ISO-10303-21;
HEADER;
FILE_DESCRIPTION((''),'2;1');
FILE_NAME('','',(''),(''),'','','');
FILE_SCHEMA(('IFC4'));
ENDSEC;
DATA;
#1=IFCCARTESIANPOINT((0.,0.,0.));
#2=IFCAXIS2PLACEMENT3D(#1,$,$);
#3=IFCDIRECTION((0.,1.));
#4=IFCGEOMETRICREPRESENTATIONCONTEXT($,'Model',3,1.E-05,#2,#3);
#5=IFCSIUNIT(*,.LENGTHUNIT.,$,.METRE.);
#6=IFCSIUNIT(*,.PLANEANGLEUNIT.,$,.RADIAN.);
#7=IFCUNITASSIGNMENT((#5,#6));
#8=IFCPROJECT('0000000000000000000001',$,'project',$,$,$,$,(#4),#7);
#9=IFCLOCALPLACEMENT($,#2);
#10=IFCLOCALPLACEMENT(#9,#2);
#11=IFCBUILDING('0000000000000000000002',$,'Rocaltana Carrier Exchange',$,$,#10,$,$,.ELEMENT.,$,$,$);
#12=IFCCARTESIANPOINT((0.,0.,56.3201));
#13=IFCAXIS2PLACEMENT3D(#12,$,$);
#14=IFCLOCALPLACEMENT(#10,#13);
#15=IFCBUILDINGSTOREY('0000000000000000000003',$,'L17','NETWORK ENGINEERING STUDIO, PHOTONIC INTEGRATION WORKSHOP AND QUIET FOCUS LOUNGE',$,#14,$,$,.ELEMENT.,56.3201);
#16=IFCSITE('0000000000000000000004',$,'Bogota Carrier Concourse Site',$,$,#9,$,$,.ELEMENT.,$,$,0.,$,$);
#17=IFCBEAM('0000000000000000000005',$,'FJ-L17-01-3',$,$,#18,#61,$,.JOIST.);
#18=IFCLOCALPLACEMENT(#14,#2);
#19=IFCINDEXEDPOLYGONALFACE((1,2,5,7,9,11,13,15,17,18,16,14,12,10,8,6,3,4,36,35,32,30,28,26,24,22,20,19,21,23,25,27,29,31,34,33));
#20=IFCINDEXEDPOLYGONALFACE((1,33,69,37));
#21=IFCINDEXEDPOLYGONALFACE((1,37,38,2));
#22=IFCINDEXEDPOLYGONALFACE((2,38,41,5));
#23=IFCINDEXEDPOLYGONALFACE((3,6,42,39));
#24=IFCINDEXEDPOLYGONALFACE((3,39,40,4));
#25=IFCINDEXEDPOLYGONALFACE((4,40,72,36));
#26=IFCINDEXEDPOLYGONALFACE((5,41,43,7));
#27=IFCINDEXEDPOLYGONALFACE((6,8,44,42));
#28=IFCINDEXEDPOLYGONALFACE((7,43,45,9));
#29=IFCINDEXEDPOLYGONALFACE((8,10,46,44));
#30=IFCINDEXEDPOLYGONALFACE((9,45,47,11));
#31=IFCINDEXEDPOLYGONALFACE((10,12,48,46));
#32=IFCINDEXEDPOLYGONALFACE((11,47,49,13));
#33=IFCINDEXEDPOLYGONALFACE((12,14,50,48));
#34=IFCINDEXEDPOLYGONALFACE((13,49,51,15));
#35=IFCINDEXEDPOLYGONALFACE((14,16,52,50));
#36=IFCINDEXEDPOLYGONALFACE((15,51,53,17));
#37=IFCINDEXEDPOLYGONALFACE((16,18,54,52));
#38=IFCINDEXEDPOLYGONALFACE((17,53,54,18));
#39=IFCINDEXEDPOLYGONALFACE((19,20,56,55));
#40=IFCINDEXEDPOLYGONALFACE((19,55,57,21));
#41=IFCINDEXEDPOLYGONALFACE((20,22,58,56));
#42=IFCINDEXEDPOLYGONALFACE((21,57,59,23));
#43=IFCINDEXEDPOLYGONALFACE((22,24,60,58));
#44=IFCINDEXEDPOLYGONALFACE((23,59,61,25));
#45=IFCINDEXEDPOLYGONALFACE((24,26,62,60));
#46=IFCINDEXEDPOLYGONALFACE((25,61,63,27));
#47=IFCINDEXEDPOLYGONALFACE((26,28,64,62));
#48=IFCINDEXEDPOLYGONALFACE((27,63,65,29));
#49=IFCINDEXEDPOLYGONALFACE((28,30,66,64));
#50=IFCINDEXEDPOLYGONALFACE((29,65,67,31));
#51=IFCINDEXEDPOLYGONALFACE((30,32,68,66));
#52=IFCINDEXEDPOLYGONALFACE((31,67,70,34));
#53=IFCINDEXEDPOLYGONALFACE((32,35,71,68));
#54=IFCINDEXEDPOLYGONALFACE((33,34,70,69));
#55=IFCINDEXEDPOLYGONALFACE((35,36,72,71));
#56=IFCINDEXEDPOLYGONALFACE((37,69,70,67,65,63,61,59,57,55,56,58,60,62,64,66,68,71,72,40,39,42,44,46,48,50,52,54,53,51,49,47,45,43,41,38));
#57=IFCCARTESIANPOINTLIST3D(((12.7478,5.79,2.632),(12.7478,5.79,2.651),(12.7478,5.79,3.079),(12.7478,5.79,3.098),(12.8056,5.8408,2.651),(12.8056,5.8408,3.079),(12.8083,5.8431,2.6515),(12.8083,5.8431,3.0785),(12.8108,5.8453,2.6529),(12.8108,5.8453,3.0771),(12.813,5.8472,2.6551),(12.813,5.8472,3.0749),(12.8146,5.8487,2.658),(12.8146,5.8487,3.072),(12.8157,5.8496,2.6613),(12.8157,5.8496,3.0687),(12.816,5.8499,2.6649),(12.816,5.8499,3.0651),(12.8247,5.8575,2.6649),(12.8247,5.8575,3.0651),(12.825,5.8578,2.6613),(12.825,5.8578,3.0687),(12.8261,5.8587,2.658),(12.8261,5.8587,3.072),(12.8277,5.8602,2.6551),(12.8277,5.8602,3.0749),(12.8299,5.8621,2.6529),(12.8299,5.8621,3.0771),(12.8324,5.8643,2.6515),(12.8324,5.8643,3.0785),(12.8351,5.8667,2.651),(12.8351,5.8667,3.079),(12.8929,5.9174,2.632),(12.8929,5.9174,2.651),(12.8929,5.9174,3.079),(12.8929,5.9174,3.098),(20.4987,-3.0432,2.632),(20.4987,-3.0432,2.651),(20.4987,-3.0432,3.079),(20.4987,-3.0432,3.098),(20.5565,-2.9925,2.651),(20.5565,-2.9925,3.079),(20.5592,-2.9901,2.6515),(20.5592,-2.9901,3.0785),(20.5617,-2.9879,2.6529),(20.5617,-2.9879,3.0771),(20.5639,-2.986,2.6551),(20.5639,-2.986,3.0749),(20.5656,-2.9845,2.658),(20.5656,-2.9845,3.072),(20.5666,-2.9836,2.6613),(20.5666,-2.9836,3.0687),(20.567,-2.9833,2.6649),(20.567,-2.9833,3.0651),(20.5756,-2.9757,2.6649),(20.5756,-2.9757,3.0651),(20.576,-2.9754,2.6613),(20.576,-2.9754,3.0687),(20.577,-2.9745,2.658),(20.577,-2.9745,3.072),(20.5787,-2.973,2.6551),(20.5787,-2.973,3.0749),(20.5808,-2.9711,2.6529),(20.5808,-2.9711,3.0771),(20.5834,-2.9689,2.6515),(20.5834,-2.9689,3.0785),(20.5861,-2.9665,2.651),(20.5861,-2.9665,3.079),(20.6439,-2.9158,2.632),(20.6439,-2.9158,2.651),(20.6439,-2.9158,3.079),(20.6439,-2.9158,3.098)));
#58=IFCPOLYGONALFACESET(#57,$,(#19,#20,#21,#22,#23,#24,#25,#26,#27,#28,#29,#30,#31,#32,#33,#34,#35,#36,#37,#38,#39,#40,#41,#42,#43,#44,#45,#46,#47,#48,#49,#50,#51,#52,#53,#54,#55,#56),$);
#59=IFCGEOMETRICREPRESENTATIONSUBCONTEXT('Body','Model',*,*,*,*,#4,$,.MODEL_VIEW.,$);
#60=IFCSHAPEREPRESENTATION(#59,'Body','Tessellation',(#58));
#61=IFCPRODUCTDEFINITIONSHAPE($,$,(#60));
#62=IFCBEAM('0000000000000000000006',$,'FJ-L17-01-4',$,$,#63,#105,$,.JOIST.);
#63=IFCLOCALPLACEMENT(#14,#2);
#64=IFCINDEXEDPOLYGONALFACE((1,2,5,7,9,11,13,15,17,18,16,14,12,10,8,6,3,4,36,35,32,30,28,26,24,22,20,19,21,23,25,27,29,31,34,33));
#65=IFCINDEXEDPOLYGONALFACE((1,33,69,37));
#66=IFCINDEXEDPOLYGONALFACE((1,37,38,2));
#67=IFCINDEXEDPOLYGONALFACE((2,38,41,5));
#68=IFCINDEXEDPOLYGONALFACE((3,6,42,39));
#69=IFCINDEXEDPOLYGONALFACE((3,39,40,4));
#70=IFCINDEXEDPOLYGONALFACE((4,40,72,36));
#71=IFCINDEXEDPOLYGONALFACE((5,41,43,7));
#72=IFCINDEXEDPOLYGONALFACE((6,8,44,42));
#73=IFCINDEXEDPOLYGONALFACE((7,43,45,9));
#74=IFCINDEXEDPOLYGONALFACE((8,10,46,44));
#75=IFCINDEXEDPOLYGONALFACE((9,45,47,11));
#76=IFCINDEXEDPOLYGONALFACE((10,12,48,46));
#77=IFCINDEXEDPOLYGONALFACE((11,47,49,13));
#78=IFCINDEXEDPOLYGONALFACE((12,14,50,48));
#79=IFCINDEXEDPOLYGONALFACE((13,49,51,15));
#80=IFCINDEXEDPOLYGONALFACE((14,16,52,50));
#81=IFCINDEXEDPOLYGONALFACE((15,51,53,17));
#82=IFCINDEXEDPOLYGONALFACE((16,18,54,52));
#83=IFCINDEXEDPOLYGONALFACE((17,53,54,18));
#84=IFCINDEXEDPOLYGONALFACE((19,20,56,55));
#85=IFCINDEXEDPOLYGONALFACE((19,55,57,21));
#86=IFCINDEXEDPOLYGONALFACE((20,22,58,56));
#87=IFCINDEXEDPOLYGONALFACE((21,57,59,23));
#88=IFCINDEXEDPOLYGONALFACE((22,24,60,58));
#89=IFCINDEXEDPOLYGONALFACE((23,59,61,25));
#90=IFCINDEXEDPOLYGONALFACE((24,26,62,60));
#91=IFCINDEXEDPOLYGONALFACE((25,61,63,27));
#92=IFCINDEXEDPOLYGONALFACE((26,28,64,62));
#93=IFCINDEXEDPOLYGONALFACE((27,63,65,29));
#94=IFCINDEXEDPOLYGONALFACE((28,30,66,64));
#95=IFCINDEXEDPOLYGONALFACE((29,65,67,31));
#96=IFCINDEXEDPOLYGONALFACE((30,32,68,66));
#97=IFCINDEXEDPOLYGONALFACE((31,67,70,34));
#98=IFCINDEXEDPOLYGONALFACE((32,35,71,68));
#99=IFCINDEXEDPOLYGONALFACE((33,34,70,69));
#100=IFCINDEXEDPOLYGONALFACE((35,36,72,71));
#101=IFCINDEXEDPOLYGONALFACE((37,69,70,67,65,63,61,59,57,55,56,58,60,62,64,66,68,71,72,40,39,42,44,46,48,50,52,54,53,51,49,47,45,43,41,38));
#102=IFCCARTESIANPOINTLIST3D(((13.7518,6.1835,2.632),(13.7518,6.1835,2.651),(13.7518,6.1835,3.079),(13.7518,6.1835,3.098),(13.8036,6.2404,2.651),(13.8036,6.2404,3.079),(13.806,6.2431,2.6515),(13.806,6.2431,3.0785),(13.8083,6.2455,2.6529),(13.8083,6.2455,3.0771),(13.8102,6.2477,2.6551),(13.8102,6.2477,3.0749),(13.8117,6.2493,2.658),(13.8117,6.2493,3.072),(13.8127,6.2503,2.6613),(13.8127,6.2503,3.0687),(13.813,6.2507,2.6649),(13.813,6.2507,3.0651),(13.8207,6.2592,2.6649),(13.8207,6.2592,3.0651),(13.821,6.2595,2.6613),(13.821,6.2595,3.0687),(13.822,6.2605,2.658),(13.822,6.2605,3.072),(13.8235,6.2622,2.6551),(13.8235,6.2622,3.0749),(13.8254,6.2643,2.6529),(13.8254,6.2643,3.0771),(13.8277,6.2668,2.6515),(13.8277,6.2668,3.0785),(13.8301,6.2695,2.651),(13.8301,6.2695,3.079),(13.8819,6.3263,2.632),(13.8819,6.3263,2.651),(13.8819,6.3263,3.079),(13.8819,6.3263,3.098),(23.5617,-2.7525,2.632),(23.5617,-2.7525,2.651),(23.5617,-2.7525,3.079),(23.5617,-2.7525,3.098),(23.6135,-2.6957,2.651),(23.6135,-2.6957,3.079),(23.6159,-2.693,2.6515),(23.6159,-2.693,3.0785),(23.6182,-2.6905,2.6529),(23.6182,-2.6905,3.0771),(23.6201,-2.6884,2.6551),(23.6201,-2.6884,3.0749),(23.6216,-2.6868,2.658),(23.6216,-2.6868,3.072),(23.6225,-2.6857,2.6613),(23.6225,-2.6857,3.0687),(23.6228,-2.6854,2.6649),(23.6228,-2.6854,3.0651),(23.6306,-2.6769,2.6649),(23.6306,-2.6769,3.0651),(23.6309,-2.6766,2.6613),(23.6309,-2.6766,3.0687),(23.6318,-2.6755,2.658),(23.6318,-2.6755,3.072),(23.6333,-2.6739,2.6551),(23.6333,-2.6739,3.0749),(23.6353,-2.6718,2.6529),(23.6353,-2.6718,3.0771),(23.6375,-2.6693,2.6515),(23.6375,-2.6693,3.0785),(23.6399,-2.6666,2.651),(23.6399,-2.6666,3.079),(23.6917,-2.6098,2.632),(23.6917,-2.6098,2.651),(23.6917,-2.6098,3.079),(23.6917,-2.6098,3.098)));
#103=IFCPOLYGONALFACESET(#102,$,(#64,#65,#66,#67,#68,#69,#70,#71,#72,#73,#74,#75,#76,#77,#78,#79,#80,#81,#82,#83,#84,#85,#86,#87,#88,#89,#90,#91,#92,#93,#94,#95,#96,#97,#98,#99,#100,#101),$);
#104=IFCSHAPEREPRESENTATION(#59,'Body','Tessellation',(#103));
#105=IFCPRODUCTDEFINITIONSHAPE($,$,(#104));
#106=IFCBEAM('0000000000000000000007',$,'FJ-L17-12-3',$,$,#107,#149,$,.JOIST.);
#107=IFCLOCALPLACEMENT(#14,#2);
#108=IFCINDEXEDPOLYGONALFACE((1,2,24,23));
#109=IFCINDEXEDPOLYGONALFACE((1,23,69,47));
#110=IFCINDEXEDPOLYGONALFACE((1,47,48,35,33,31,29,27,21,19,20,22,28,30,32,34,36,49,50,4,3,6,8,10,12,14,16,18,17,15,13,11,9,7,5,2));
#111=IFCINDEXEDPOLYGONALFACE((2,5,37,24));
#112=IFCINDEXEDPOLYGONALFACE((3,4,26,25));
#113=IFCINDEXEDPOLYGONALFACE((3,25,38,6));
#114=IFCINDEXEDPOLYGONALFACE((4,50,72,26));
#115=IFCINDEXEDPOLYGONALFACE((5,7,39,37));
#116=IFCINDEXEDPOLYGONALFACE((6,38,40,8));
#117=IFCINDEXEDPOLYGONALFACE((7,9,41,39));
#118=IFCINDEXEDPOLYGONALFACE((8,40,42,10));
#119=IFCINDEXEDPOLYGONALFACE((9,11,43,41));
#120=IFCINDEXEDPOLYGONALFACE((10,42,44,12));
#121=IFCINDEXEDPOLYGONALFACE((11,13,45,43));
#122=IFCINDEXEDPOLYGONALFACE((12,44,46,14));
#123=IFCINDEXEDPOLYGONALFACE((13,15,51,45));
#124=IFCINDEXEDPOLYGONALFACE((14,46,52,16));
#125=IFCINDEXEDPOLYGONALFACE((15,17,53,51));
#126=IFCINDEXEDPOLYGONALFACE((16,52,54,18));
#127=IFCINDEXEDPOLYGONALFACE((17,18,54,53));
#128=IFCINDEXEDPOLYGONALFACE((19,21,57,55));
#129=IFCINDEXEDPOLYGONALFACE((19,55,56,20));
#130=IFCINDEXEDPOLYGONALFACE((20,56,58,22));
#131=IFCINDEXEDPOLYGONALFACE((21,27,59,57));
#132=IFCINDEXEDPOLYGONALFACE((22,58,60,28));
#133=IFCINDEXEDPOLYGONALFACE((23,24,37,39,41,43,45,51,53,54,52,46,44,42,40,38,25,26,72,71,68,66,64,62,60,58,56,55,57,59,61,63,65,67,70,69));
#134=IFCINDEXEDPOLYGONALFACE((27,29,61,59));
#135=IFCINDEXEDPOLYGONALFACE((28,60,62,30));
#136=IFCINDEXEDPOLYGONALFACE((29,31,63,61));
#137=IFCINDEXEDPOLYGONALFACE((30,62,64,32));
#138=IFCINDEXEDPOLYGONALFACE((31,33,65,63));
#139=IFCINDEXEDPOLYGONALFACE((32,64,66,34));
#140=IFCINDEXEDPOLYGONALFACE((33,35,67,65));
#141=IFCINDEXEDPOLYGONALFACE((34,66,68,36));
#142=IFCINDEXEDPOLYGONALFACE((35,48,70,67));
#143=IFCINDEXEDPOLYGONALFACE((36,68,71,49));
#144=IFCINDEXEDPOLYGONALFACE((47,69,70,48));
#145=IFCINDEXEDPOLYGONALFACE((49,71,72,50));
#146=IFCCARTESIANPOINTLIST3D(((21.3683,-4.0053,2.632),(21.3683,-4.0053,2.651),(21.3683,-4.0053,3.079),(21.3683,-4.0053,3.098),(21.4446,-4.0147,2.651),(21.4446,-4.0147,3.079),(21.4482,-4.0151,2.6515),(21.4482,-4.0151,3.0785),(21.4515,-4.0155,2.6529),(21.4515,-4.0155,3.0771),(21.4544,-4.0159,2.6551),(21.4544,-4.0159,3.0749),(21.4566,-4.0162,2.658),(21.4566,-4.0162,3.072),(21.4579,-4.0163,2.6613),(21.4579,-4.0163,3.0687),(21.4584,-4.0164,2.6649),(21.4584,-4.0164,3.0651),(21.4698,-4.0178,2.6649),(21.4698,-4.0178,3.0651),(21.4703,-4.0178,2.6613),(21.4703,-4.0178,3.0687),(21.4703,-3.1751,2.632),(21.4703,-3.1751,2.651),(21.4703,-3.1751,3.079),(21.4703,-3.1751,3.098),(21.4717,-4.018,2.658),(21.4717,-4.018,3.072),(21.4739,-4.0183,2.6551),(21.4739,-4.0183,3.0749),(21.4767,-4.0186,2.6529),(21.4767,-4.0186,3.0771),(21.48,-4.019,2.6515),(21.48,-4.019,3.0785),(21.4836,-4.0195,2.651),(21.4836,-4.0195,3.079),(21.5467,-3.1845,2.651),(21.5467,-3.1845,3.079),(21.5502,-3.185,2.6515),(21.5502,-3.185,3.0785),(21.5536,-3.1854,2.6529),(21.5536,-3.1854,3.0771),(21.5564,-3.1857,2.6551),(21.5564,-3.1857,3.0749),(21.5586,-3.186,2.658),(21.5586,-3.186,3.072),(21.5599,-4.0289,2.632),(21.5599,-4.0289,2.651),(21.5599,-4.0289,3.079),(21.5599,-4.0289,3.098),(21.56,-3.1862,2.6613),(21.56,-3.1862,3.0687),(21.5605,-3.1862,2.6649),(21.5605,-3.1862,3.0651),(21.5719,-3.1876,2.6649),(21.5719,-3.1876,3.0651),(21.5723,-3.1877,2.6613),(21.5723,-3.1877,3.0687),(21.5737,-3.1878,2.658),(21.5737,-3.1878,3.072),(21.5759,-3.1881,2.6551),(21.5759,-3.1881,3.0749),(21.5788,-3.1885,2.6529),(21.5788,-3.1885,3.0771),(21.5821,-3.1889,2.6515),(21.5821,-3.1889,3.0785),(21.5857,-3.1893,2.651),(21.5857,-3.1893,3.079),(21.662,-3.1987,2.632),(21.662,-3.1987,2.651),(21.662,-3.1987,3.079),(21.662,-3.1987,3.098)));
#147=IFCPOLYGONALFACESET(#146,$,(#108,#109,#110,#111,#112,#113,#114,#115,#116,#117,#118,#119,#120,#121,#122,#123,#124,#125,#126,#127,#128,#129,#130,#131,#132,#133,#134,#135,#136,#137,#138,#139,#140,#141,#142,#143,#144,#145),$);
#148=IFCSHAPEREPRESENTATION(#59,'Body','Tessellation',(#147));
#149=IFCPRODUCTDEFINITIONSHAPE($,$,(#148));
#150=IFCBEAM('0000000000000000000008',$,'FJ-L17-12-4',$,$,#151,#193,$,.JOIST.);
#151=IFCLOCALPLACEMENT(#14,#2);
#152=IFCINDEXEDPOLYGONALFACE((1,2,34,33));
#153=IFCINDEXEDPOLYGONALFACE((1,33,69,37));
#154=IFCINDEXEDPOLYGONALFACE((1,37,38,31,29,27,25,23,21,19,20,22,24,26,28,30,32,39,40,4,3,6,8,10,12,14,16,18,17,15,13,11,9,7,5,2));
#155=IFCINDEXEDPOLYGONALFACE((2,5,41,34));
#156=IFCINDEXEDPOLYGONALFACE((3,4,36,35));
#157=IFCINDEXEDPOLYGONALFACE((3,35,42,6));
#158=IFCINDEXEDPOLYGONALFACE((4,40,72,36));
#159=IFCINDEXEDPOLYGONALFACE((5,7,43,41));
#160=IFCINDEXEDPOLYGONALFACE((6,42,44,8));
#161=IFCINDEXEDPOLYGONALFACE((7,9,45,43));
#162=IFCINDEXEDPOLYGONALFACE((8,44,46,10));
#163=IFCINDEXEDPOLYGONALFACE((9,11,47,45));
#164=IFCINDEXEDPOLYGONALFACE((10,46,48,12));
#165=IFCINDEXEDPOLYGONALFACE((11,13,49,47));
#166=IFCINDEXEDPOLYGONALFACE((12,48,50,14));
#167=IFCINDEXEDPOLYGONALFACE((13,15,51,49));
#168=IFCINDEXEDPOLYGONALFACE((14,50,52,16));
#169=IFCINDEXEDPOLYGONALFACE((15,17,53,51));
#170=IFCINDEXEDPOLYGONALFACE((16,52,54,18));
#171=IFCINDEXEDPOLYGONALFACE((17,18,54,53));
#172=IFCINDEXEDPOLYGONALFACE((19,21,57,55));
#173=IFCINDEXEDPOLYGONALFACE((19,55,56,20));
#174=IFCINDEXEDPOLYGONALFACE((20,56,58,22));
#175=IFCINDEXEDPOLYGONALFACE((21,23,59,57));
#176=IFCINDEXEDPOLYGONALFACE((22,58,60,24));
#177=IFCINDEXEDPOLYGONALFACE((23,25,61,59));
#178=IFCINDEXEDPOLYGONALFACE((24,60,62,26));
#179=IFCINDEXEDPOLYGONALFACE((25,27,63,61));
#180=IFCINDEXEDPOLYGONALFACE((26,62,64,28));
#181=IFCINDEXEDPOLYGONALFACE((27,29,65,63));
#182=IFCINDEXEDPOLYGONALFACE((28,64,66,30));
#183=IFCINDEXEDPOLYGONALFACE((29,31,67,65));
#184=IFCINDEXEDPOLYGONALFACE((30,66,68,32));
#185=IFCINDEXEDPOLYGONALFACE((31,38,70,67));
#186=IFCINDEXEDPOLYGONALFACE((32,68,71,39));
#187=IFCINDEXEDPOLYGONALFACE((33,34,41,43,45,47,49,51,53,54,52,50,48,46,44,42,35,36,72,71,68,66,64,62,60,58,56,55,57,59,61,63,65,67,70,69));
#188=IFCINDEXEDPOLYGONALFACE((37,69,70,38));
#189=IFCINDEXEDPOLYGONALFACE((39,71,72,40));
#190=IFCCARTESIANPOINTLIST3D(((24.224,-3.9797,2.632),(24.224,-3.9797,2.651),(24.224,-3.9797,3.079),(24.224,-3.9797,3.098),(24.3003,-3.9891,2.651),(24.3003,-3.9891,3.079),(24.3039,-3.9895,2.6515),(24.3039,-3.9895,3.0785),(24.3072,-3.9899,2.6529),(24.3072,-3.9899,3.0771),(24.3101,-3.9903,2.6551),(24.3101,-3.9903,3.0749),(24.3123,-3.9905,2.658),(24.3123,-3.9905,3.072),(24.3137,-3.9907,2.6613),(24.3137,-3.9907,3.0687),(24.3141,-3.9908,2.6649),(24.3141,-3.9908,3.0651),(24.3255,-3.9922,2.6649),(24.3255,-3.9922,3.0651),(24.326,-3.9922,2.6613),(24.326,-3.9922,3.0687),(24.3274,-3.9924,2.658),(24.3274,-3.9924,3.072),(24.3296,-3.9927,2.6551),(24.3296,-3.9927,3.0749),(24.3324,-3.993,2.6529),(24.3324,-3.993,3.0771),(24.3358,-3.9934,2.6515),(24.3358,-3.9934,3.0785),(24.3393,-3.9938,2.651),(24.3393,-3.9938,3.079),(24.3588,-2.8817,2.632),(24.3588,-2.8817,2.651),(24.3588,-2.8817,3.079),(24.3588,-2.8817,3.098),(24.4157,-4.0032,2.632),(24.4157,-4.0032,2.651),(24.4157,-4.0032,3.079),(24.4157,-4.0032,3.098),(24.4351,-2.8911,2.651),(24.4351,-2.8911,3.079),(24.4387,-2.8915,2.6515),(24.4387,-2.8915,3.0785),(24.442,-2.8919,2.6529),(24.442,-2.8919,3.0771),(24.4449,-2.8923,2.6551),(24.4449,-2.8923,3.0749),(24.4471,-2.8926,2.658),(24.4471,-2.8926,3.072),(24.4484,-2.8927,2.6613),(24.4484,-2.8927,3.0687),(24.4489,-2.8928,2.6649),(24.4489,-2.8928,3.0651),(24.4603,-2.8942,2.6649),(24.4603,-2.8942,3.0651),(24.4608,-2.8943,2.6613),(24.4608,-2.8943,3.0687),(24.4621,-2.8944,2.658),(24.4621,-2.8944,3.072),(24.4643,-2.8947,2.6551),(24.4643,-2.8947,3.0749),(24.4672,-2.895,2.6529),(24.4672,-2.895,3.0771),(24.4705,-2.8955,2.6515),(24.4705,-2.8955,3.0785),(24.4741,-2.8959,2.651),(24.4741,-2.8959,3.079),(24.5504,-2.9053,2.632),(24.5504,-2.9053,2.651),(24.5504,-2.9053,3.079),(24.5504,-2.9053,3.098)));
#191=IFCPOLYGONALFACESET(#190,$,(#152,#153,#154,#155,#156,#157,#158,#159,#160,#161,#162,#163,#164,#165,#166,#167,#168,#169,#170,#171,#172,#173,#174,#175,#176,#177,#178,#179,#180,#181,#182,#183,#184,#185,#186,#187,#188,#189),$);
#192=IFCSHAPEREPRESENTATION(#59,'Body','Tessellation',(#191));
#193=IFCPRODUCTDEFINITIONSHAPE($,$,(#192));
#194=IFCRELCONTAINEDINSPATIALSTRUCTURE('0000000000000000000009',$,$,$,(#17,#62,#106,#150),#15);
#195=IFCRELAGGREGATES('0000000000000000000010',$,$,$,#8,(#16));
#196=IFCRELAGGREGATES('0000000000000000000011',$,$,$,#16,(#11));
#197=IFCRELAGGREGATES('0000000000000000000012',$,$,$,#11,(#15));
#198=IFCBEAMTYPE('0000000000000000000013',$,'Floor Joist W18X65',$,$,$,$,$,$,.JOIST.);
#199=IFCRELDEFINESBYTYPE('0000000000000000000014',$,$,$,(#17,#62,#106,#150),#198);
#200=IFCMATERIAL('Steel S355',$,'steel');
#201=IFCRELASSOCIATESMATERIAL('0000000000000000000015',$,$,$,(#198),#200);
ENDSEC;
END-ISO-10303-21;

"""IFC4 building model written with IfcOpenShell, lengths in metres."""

from ifc_helpers import new_model, si_unit, direction, frame, origin, origin_2d, place, context, subcontext, project, spatial, i_section, extrude, material, material_profile, profile_set, type_object, element, save


model = new_model("IFC4")

# Units and contexts
model_context = context("Model", 3, precision=1e-05, world=origin(), true_north=direction((0.0, 1.0)))
body_context = subcontext(model_context, "Body", "Model", "MODEL_VIEW")
ifc_project = project(units=[si_unit("LENGTHUNIT", "METRE"), si_unit("PLANEANGLEUNIT", "RADIAN")], contexts=[model_context])

# Site, building, storey
site_placement = place(None, origin())
site = spatial("IfcSite", under=ifc_project, at=site_placement, Name="Bogota Carrier Concourse Site", CompositionType="ELEMENT", RefElevation=0.0)
building_placement = place(site_placement, origin())
building = spatial("IfcBuilding", under=site, at=building_placement, Name="Rocaltana Carrier Exchange", CompositionType="ELEMENT")
storey_placement = place(building_placement, frame((0.0, 0.0, 56.3201)))
storey = spatial("IfcBuildingStorey", under=building, at=storey_placement, Name="L17", Description="NETWORK ENGINEERING STUDIO, PHOTONIC INTEGRATION WORKSHOP AND QUIET FOCUS LOUNGE", CompositionType="ELEMENT", Elevation=56.3201)

# Beams
ifc_material_1 = material(Name="Steel S355", Category="steel")
ifc_material_profile_1 = material_profile(ifc_material_1, i_section(OverallWidth=0.1931, OverallDepth=0.4661, WebThickness=0.0115, FlangeThickness=0.019, FilletRadius=0.0139, at=origin_2d()), Name="W18X65")
ifc_profile_set_1 = profile_set([ifc_material_profile_1], Name="Steel S355")
beam_type_1 = type_object("IfcBeamType", Name="Floor Joist W18X65", PredefinedType="JOIST", material=ifc_profile_set_1)
beam_1_placement = place(storey_placement, frame((20.5713, -2.9795, 2.865), z_axis=(-0.659559, 0.751653, 0.0), x_axis=(-0.751653, -0.659559, 0.0)))
element("IfcBeam", 1, at=beam_1_placement, inside=storey, type_object=beam_type_1, Name="FJ-L17-01-3", PredefinedType="JOIST", context=body_context, shape_type="SweptSolid", body=[
    extrude(i_section(OverallWidth=0.1931, OverallDepth=0.4661, WebThickness=0.0115, FlangeThickness=0.019, FilletRadius=0.0139, at=origin_2d()), origin(), (0.0, 0.0, 1.0), 11.7517),
])
beam_2_placement = place(storey_placement, frame((23.6267, -2.6812, 2.865), z_axis=(-0.739264, 0.673416, 0.0), x_axis=(-0.673416, -0.739264, 0.0)))
element("IfcBeam", 2, at=beam_2_placement, inside=storey, type_object=beam_type_1, Name="FJ-L17-01-4", PredefinedType="JOIST", context=body_context, shape_type="SweptSolid", body=[
    extrude(i_section(OverallWidth=0.1931, OverallDepth=0.4661, WebThickness=0.0115, FlangeThickness=0.019, FilletRadius=0.0139, at=origin_2d()), origin(), (0.0, 0.0, 1.0), 13.2698),
])
beam_3_placement = place(storey_placement, frame((21.4641, -4.0171, 2.865), z_axis=(0.122022, 0.992527, 0.0), x_axis=(-0.992527, 0.122022, 0.0)))
element("IfcBeam", 3, at=beam_3_placement, inside=storey, type_object=beam_type_1, Name="FJ-L17-12-3", PredefinedType="JOIST", context=body_context, shape_type="SweptSolid", body=[
    extrude(i_section(OverallWidth=0.1931, OverallDepth=0.4661, WebThickness=0.0115, FlangeThickness=0.019, FilletRadius=0.0139, at=origin_2d()), origin(), (0.0, 0.0, 1.0), 0.8364),
])
beam_4_placement = place(storey_placement, frame((24.3198, -3.9915, 2.865), z_axis=(0.121834, 0.99255, 0.0), x_axis=(-0.99255, 0.121834, 0.0)))
element("IfcBeam", 4, at=beam_4_placement, inside=storey, type_object=beam_type_1, Name="FJ-L17-12-4", PredefinedType="JOIST", context=body_context, shape_type="SweptSolid", body=[
    extrude(i_section(OverallWidth=0.1931, OverallDepth=0.4661, WebThickness=0.0115, FlangeThickness=0.019, FilletRadius=0.0139, at=origin_2d()), origin(), (0.0, 0.0, 1.0), 1.1062),
])

save(model, "model.ifc")
